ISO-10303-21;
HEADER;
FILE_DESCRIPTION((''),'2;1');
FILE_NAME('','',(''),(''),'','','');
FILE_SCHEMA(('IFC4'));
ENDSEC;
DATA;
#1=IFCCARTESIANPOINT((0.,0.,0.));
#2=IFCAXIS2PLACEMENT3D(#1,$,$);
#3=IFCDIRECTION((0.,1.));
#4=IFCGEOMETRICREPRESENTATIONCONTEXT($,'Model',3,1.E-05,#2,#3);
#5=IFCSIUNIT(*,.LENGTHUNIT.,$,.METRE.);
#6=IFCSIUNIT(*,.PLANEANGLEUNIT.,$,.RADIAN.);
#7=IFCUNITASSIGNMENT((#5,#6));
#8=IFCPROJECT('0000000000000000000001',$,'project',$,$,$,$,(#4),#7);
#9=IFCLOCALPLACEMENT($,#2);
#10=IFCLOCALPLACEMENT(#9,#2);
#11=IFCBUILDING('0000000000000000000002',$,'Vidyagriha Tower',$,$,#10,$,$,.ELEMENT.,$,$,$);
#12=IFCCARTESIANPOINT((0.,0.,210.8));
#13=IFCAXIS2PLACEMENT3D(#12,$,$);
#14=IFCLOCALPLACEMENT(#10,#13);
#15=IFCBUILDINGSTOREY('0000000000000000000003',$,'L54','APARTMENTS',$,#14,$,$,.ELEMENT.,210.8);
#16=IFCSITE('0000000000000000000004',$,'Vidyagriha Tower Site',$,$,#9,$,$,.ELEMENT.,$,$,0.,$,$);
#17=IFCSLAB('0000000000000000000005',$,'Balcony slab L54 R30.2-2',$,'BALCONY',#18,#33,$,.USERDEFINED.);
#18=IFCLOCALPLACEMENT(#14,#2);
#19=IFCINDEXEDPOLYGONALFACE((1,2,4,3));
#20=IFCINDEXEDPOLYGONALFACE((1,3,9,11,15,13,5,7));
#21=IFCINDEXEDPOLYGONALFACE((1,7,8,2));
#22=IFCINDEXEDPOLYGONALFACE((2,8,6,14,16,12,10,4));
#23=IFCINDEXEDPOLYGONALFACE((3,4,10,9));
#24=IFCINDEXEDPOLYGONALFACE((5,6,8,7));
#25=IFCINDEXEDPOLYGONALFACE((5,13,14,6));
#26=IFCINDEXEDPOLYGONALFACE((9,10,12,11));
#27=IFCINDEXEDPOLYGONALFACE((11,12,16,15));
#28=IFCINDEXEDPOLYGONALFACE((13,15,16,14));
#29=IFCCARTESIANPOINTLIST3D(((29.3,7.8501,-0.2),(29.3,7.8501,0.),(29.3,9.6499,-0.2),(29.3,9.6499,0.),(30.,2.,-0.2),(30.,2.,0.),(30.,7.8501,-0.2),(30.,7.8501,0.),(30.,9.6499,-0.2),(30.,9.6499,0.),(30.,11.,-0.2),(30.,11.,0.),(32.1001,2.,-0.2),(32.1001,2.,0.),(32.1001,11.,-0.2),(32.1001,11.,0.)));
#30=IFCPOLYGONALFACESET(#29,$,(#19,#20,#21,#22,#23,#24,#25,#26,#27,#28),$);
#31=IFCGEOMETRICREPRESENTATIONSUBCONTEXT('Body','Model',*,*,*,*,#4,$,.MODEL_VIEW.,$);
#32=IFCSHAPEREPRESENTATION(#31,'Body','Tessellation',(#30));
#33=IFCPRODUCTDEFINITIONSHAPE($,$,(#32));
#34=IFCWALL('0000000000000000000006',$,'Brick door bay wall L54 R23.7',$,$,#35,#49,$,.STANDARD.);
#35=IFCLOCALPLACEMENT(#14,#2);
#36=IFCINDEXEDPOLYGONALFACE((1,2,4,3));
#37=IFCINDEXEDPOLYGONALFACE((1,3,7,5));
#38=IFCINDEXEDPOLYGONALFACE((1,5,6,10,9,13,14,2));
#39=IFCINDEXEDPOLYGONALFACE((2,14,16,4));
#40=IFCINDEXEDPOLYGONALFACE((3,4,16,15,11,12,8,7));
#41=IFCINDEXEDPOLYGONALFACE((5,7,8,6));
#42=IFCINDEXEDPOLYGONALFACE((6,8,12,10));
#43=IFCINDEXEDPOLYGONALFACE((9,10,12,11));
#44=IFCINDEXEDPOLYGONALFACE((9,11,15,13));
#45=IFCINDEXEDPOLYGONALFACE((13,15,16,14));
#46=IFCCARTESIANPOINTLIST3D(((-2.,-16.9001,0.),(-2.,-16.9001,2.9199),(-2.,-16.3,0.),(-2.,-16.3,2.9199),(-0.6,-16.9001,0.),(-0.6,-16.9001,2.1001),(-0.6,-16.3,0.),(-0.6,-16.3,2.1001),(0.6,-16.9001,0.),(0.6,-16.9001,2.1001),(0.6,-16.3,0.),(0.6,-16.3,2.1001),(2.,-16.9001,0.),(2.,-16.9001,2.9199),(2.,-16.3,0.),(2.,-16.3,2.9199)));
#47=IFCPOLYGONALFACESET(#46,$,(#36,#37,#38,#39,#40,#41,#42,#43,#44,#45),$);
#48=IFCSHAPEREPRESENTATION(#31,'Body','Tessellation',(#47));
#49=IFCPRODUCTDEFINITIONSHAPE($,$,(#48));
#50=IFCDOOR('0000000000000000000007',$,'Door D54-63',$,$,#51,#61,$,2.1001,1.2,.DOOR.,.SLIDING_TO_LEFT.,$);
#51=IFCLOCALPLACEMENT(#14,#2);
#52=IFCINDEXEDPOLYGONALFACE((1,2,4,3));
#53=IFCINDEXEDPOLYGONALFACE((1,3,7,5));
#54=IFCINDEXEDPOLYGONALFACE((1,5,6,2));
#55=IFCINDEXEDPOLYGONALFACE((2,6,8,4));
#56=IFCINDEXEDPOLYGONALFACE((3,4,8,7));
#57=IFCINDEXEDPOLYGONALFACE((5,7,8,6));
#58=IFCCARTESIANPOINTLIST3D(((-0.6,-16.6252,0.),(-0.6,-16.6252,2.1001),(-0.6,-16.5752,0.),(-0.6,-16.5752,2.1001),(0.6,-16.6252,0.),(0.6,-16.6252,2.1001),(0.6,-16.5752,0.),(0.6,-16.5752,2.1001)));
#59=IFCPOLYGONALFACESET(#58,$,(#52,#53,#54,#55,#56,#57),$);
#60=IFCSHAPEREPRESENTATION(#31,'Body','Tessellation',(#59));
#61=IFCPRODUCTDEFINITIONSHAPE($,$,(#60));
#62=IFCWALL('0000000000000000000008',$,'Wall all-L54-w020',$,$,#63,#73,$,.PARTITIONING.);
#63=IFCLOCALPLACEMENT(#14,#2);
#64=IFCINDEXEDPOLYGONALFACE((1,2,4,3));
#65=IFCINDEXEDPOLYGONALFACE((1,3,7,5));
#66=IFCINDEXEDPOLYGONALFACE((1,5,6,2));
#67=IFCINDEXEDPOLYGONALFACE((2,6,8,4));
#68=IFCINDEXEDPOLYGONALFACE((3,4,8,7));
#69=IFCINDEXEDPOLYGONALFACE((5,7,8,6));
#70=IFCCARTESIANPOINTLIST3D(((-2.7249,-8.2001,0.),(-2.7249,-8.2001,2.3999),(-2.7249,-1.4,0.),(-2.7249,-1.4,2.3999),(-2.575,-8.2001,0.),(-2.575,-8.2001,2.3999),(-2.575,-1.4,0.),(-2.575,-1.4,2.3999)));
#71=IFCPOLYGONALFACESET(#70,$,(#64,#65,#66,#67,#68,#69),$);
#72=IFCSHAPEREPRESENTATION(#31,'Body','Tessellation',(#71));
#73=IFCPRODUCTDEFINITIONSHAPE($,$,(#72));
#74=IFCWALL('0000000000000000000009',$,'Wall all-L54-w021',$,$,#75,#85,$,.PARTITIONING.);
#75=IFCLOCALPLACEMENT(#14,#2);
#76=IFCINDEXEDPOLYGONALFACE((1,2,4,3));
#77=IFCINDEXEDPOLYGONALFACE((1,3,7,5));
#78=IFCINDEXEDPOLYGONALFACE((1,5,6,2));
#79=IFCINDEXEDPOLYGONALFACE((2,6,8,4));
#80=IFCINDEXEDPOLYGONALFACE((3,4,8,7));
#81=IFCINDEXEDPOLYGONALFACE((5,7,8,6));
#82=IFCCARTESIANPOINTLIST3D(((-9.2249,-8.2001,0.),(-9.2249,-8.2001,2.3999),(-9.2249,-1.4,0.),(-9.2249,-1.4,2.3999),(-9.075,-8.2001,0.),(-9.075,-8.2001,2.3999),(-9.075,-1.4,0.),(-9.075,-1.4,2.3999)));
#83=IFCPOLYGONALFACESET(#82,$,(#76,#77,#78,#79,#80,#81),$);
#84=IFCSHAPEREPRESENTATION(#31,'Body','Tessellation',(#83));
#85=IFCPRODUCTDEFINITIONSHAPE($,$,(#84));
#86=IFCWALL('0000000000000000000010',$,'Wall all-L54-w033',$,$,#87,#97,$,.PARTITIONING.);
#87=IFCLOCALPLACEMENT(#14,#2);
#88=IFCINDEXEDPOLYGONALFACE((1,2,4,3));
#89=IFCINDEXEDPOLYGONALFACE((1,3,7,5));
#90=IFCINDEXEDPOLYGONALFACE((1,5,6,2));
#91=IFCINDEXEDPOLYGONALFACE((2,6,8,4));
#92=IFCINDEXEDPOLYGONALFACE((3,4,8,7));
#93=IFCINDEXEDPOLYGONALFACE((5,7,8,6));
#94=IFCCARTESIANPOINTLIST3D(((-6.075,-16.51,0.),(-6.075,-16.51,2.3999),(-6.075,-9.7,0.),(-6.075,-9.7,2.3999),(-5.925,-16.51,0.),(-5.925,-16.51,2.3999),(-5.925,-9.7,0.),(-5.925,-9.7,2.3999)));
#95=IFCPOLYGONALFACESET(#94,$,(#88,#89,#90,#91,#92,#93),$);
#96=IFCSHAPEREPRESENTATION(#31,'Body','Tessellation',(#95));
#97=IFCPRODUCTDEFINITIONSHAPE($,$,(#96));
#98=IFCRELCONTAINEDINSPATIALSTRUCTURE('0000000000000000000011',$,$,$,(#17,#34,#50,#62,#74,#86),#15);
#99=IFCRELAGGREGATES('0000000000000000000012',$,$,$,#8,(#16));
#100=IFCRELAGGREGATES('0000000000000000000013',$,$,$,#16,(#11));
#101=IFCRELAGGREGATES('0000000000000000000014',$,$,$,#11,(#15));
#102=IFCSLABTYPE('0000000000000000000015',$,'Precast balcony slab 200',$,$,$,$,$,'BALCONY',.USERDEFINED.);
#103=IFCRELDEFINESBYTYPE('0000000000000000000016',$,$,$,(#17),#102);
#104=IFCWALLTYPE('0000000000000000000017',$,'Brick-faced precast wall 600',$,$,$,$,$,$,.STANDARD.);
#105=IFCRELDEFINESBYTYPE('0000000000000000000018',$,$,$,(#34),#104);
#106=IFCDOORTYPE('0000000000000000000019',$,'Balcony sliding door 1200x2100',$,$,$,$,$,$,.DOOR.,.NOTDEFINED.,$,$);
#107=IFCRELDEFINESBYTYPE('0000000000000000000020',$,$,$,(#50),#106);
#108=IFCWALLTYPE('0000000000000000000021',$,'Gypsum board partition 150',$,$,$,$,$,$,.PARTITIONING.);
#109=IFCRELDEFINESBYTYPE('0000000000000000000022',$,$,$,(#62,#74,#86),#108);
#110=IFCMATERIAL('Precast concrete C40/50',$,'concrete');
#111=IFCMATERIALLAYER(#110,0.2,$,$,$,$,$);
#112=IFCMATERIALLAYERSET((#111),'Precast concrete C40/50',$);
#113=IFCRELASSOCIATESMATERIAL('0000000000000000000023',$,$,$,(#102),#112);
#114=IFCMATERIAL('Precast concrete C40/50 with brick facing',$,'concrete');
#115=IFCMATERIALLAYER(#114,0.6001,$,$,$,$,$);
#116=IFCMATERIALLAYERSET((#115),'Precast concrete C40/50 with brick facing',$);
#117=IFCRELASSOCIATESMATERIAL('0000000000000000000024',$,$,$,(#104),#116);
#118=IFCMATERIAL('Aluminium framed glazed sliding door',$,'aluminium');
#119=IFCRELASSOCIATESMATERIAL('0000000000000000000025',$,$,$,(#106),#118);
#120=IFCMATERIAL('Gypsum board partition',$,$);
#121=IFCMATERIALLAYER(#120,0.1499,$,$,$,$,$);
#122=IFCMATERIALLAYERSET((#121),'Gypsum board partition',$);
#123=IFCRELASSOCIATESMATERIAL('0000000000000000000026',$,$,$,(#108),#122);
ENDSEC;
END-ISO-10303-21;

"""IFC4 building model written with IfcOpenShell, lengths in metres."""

from ifc_helpers import new_model, si_unit, direction, frame, frame_2d, origin, place, context, subcontext, project, spatial, polyline, rectangle, outline, extrude, material, layer, layer_set, type_object, element, fill, save


model = new_model("IFC4")

# Units and contexts
model_context = context("Model", 3, precision=1e-05, world=origin(), true_north=direction((0.0, 1.0)))
body_context = subcontext(model_context, "Body", "Model", "MODEL_VIEW")
ifc_project = project(units=[si_unit("LENGTHUNIT", "METRE"), si_unit("PLANEANGLEUNIT", "RADIAN")], contexts=[model_context])

# Site, building, storey
site_placement = place(None, origin())
site = spatial("IfcSite", under=ifc_project, at=site_placement, Name="Vidyagriha Tower Site", CompositionType="ELEMENT", RefElevation=0.0)
building_placement = place(site_placement, origin())
building = spatial("IfcBuilding", under=site, at=building_placement, Name="Vidyagriha Tower", CompositionType="ELEMENT")
storey_placement = place(building_placement, frame((0.0, 0.0, 210.8)))
storey = spatial("IfcBuildingStorey", under=building, at=storey_placement, Name="L54", Description="APARTMENTS", CompositionType="ELEMENT", Elevation=210.8)

# Slab
ifc_material_1 = material(Name="Precast concrete C40/50", Category="concrete")
ifc_layer_1 = layer(ifc_material_1, 0.2)
ifc_layer_set_1 = layer_set([ifc_layer_1], Name="Precast concrete C40/50")
slab_type_1 = type_object("IfcSlabType", Name="Precast balcony slab 200", ElementType="BALCONY", PredefinedType="USERDEFINED", material=ifc_layer_set_1)
slab_1_placement = place(storey_placement, frame((0.0, 0.0, -0.2)))
element("IfcSlab", 1, at=slab_1_placement, inside=storey, type_object=slab_type_1, Name="Balcony slab L54 R30.2-2", ObjectType="BALCONY", PredefinedType="USERDEFINED", context=body_context, shape_type="SweptSolid", body=[
    extrude(outline(polyline([(30.0, 7.8501), (30.0, 2.0), (32.1001, 2.0), (32.1001, 11.0), (30.0, 11.0), (30.0, 9.6499), (29.3, 9.6499), (29.3, 7.8501), (30.0, 7.8501)])), origin(), (0.0, 0.0, 1.0), 0.2),
])

# Wall, opening, door
ifc_material_2 = material(Name="Precast concrete C40/50 with brick facing", Category="concrete")
ifc_layer_2 = layer(ifc_material_2, 0.6001)
ifc_layer_set_2 = layer_set([ifc_layer_2], Name="Precast concrete C40/50 with brick facing")
wall_type_1 = type_object("IfcWallType", Name="Brick-faced precast wall 600", PredefinedType="STANDARD", material=ifc_layer_set_2)
wall_1_placement = place(storey_placement, frame((-2.0, -16.6001, 0.0)))
wall_1 = element("IfcWall", 2, at=wall_1_placement, inside=storey, type_object=wall_type_1, Name="Brick door bay wall L54 R23.7", PredefinedType="STANDARD", context=body_context, shape_type="SweptSolid", body=[
    extrude(rectangle(XDim=4.0, YDim=0.6001, at=frame_2d((2.0, 0.0))), origin(), (0.0, 0.0, 1.0), 2.9199),
])
opening_placement = place(wall_1_placement, frame((1.3999, 0.0, 0.0)))
opening = element("IfcOpeningElement", 3, at=opening_placement, cuts=wall_1, PredefinedType="OPENING", context=body_context, shape_type="SweptSolid", body=[
    extrude(rectangle(XDim=1.2, YDim=2.1001, at=frame_2d((0.6001, 1.05))), frame((0.0, 0.3101, 0.0), z_axis=(0.0, -1.0, 0.0), x_axis=(1.0, 0.0, 0.0)), (0.0, 0.0, 1.0), 0.6201),
])
ifc_material_3 = material(Name="Aluminium framed glazed sliding door", Category="aluminium")
door_type = type_object("IfcDoorType", Name="Balcony sliding door 1200x2100", OperationType="NOTDEFINED", PredefinedType="DOOR", material=ifc_material_3)
door_placement = place(opening_placement, origin())
door = element("IfcDoor", 4, at=door_placement, inside=storey, type_object=door_type, Name="Door D54-63", OperationType="SLIDING_TO_LEFT", OverallHeight=2.1001, OverallWidth=1.2, PredefinedType="DOOR", context=body_context, shape_type="SweptSolid", body=[
    extrude(rectangle(XDim=1.2, YDim=2.1001, at=frame_2d((0.6001, 1.05))), frame((0.0, 0.0249, 0.0), z_axis=(0.0, -1.0, 0.0), x_axis=(1.0, 0.0, 0.0)), (0.0, 0.0, 1.0), 0.05),
])
fill(opening, door)

# Walls
ifc_material_4 = material(Name="Gypsum board partition")
ifc_layer_3 = layer(ifc_material_4, 0.1499)
ifc_layer_set_3 = layer_set([ifc_layer_3], Name="Gypsum board partition")
wall_type_2 = type_object("IfcWallType", Name="Gypsum board partition 150", PredefinedType="PARTITIONING", material=ifc_layer_set_3)
for number, where, z_axis, x_axis, name in (
    (5, (-2.6499, -8.2, 0.0), (0.0, 0.0, 1.0), (0.0, 1.0, 0.0), "Wall all-L54-w020"),
    (6, (-9.1499, -8.2, 0.0), (0.0, 0.0, 1.0), (0.0, 1.0, 0.0), "Wall all-L54-w021"),
):
    element("IfcWall", number, at=place(storey_placement, frame(where, z_axis=z_axis, x_axis=x_axis)), inside=storey, type_object=wall_type_2, Name=name, PredefinedType="PARTITIONING", context=body_context, shape_type="SweptSolid", body=[
        extrude(rectangle(XDim=6.8, YDim=0.1499, at=frame_2d((3.3999, 0.0))), origin(), (0.0, 0.0, 1.0), 2.3999),
    ])
wall_2_placement = place(storey_placement, frame((-6.0, -9.7, 0.0), z_axis=(0.0, 0.0, 1.0), x_axis=(0.0, -1.0, 0.0)))
element("IfcWall", 7, at=wall_2_placement, inside=storey, type_object=wall_type_2, Name="Wall all-L54-w033", PredefinedType="PARTITIONING", context=body_context, shape_type="SweptSolid", body=[
    extrude(rectangle(XDim=6.8101, YDim=0.1499, at=frame_2d((3.405, 0.0))), origin(), (0.0, 0.0, 1.0), 2.3999),
])

save(model, "model.ifc")
